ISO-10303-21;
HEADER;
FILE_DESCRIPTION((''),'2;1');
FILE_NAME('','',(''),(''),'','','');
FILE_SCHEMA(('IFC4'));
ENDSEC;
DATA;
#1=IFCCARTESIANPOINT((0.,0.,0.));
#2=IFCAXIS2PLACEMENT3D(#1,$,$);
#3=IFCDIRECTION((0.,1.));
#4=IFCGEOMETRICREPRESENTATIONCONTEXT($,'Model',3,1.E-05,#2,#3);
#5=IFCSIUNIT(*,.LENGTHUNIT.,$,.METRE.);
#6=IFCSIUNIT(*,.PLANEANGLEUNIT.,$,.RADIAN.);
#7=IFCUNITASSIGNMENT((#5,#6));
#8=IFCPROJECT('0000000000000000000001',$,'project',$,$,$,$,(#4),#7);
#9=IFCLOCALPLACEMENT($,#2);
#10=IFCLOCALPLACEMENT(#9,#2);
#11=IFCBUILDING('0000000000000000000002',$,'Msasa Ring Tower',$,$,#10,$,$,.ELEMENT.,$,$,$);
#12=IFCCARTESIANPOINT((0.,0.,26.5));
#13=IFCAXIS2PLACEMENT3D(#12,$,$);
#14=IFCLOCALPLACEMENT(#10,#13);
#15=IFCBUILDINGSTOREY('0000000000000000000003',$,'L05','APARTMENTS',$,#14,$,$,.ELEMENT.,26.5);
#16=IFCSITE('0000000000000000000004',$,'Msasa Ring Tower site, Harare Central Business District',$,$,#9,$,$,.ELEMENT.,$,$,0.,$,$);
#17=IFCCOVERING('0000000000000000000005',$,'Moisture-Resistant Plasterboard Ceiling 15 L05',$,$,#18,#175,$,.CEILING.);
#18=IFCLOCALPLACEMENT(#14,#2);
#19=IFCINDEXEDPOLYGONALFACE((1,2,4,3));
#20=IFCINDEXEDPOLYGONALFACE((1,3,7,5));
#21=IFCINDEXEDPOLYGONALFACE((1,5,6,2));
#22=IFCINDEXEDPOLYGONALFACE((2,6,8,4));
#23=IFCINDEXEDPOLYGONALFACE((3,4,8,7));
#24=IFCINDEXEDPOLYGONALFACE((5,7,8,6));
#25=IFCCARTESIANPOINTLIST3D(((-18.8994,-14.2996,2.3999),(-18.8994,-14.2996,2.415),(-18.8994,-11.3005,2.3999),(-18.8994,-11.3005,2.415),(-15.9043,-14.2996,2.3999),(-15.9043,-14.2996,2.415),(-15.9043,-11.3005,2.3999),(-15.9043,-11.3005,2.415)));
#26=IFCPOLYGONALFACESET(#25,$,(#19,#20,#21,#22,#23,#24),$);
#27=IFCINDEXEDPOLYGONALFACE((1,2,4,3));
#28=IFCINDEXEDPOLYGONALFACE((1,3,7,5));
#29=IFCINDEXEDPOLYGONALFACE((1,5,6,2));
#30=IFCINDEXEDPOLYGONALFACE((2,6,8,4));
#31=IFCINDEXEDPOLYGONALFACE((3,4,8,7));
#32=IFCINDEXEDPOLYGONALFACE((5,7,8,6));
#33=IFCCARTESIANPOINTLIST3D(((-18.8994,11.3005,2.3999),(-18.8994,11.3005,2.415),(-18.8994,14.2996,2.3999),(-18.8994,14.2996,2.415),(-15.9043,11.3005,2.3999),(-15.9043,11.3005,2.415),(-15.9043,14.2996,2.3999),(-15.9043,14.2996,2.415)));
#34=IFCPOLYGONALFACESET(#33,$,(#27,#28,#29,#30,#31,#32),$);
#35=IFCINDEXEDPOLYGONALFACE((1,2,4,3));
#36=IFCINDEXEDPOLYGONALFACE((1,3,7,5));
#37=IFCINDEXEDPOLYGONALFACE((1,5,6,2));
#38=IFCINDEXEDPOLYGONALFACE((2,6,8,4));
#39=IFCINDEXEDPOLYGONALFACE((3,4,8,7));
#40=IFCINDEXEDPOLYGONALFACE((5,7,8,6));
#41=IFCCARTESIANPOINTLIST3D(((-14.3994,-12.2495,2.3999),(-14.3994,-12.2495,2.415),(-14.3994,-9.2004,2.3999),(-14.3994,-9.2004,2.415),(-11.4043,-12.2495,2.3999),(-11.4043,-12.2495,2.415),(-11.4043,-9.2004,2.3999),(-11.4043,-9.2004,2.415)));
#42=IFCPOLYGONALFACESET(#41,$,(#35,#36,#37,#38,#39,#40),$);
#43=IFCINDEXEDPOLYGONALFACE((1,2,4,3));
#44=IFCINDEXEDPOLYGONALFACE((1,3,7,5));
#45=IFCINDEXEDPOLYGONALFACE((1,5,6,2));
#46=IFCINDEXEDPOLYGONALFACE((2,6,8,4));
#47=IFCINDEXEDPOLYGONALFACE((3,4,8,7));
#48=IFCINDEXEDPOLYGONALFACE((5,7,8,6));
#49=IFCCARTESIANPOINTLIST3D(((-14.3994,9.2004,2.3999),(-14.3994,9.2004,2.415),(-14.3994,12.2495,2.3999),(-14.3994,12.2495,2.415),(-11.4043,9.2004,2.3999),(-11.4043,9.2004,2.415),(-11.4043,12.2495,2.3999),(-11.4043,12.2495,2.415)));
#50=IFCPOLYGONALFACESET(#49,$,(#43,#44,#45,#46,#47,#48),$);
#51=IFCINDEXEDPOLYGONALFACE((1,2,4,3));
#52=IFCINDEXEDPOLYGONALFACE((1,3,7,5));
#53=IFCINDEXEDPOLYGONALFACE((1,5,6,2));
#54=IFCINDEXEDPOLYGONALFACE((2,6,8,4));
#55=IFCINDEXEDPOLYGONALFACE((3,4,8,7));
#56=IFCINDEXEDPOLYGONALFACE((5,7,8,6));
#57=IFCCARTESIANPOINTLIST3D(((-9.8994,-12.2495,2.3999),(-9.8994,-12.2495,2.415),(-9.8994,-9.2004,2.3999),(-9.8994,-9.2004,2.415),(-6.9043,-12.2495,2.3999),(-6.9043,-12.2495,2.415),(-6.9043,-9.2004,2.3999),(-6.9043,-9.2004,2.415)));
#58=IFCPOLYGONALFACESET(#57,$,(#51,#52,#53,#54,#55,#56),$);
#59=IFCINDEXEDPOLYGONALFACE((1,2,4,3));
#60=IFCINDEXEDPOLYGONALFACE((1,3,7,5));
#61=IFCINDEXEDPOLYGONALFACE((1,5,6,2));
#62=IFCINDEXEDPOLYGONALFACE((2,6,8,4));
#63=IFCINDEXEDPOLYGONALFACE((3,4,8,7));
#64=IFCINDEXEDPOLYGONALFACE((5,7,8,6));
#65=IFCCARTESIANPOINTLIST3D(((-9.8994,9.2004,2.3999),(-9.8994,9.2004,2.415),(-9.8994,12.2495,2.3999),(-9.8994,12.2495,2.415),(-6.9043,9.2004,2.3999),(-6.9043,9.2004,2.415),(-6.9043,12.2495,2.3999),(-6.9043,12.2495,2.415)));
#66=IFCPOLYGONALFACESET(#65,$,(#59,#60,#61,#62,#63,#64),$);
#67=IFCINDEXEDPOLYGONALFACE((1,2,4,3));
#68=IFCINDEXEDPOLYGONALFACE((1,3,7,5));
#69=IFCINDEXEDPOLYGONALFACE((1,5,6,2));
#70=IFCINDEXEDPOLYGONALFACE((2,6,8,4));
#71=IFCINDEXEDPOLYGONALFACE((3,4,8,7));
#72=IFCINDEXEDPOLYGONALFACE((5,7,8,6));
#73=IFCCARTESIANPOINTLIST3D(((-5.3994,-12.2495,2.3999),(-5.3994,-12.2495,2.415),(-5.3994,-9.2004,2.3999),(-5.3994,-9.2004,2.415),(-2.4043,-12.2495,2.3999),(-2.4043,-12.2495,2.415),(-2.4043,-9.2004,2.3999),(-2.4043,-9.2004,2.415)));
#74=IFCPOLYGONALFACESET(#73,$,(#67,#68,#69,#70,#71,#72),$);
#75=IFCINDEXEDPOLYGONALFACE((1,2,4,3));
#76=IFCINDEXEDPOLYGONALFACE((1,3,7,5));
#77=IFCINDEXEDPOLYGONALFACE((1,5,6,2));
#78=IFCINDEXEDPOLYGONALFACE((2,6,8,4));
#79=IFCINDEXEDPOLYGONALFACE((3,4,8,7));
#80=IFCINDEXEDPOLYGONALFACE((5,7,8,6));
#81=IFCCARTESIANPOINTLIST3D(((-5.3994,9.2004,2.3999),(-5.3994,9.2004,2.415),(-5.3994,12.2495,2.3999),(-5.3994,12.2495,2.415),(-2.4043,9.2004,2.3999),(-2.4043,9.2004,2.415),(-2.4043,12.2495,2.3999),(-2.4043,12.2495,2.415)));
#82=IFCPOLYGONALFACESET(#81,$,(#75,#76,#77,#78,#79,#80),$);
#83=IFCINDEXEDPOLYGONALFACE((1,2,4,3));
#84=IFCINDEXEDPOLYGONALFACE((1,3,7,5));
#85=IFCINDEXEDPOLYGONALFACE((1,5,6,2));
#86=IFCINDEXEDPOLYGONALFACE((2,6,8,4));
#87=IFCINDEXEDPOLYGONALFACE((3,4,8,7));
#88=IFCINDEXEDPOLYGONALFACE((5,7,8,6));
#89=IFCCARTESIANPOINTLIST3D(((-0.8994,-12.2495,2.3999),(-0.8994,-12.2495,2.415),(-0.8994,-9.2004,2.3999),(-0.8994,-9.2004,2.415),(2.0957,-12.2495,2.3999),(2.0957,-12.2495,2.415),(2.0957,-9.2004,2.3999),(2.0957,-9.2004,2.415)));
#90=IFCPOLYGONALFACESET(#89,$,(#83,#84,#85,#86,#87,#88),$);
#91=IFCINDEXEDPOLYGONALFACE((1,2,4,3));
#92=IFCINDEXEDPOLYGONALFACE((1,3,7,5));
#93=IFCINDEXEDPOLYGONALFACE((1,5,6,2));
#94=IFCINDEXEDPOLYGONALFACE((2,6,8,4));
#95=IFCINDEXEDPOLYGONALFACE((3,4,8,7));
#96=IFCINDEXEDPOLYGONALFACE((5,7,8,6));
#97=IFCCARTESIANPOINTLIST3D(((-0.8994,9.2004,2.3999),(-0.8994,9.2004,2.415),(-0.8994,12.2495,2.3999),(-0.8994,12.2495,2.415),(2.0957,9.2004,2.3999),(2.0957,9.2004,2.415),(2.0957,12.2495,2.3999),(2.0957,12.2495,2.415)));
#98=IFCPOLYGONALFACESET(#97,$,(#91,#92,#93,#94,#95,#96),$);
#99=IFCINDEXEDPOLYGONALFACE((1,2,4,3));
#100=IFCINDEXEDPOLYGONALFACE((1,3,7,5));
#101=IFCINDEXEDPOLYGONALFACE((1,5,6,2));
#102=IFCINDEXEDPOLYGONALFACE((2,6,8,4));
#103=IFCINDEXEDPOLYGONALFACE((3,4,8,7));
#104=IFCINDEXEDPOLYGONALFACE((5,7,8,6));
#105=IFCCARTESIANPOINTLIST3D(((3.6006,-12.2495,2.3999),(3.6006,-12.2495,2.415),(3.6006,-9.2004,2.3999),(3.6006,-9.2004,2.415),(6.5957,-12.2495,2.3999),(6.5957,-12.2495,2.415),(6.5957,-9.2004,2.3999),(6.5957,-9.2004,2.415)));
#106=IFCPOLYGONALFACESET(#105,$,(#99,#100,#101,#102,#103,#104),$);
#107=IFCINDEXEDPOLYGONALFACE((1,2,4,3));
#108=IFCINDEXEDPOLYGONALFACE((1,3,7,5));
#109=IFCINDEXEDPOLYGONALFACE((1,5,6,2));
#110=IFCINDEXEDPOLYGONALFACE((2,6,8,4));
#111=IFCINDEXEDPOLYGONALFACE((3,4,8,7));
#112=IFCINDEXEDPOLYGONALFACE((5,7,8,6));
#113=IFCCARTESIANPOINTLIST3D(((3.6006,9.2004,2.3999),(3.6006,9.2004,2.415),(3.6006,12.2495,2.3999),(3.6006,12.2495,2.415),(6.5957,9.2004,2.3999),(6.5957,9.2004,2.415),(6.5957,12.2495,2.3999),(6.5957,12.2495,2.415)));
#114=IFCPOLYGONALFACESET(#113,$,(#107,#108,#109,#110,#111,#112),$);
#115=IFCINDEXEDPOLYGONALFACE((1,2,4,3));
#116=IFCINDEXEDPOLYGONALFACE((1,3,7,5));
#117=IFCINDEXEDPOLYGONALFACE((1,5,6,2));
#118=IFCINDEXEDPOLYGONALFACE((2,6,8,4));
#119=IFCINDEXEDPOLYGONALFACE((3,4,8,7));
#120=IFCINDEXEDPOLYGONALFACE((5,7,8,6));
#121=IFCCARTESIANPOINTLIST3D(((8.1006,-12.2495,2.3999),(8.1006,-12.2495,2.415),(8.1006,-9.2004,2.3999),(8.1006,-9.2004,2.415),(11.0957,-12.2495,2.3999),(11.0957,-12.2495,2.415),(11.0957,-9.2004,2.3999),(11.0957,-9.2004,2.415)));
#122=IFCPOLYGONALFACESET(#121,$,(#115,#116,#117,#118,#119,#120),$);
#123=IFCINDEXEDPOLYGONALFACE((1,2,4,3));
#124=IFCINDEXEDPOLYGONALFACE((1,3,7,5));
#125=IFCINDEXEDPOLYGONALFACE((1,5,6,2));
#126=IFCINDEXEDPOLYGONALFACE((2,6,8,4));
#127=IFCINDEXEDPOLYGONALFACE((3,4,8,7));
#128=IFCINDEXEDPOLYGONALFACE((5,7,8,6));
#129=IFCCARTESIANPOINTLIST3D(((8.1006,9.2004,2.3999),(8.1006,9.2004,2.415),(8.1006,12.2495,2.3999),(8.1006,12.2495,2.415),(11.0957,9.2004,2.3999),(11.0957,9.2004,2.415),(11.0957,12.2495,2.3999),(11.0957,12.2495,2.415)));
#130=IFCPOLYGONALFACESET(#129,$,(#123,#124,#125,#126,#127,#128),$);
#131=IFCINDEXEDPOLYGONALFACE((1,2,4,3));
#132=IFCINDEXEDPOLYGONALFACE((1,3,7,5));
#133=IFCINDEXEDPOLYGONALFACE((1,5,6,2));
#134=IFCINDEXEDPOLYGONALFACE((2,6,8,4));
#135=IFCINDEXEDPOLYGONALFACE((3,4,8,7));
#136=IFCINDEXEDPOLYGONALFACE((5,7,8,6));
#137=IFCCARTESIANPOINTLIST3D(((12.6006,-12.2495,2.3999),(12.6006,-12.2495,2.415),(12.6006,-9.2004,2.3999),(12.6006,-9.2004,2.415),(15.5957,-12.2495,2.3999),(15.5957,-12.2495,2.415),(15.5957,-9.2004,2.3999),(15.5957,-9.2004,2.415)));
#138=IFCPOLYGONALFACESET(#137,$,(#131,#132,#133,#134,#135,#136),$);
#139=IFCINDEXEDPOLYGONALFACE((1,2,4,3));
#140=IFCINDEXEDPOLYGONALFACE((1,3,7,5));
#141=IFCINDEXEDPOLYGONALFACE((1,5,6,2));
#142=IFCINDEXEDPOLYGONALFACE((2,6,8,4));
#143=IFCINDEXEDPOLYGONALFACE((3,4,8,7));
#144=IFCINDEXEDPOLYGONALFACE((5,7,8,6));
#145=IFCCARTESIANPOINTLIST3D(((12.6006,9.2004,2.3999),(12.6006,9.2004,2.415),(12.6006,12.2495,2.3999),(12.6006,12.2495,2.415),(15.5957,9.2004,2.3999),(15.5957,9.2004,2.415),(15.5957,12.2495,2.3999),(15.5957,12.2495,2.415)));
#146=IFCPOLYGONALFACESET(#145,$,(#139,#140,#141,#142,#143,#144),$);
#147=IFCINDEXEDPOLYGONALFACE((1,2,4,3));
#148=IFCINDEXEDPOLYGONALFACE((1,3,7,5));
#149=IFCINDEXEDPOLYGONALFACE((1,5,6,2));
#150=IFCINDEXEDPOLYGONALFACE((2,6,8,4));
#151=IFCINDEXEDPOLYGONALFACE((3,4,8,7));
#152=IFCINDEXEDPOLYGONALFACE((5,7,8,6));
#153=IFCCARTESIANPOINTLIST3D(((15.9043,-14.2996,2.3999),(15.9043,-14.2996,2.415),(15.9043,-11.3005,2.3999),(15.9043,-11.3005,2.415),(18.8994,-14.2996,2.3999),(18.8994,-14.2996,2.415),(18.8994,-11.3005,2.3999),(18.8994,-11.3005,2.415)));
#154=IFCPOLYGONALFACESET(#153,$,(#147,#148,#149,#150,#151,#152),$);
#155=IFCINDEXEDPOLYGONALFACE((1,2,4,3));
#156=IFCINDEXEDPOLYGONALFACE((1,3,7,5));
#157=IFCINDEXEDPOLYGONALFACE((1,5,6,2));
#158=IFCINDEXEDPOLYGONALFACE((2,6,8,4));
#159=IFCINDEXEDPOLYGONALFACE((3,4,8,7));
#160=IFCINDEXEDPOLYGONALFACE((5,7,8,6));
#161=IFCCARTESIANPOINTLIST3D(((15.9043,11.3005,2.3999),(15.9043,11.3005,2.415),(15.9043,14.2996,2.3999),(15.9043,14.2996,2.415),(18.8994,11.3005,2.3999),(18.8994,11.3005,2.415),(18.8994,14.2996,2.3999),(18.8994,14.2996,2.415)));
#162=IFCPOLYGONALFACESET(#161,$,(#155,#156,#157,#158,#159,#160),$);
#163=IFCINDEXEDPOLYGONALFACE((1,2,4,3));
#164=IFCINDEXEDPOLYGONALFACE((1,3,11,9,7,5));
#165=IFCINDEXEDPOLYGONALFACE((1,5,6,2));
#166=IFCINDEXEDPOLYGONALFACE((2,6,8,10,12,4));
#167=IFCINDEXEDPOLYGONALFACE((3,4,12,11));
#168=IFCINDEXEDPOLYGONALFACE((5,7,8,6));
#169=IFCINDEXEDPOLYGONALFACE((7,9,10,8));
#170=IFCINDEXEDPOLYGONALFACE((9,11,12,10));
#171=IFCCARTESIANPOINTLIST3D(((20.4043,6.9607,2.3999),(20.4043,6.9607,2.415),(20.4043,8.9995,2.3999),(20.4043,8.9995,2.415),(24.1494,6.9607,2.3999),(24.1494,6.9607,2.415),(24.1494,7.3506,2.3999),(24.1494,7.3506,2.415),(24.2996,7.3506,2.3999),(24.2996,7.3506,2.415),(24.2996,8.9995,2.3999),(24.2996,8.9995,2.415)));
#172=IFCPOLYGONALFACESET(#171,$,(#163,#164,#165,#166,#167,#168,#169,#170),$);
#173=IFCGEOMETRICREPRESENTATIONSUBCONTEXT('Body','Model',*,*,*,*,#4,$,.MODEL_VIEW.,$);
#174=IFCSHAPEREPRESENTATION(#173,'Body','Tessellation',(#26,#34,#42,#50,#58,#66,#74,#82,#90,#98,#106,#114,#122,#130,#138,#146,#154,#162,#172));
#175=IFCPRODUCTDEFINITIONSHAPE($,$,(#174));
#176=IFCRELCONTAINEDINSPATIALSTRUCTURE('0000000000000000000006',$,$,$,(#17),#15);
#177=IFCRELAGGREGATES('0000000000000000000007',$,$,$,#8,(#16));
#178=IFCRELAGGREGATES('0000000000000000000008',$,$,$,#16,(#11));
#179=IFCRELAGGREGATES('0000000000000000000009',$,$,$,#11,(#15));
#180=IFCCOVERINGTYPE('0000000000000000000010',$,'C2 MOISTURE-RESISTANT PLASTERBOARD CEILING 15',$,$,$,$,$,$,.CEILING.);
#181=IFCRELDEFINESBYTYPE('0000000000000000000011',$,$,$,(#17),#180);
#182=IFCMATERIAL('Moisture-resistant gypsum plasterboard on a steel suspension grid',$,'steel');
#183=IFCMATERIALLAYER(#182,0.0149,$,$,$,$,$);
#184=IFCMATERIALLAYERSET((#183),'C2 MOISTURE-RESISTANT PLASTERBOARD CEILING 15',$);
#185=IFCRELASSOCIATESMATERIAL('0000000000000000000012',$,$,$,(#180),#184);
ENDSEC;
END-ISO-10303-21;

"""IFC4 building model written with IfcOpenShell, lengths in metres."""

from ifc_helpers import new_model, si_unit, direction, frame, origin, place, context, subcontext, project, spatial, line, indexed_curve, outline, extrude, material, layer, layer_set, type_object, element, save


model = new_model("IFC4")

# Units and contexts
model_context = context("Model", 3, precision=1e-05, world=origin(), true_north=direction((0.0, 1.0)))
body_context = subcontext(model_context, "Body", "Model", "MODEL_VIEW")
ifc_project = project(units=[si_unit("LENGTHUNIT", "METRE"), si_unit("PLANEANGLEUNIT", "RADIAN")], contexts=[model_context])

# Site, building, storey
site_placement = place(None, origin())
site = spatial("IfcSite", under=ifc_project, at=site_placement, Name="Msasa Ring Tower site, Harare Central Business District", CompositionType="ELEMENT", RefElevation=0.0)
building_placement = place(site_placement, origin())
building = spatial("IfcBuilding", under=site, at=building_placement, Name="Msasa Ring Tower", CompositionType="ELEMENT")
storey_placement = place(building_placement, frame((0.0, 0.0, 26.5)))
storey = spatial("IfcBuildingStorey", under=building, at=storey_placement, Name="L05", Description="APARTMENTS", CompositionType="ELEMENT", Elevation=26.5)

# Covering
ifc_material_1 = material(Name="Moisture-resistant gypsum plasterboard on a steel suspension grid", Category="steel")
ifc_layer_1 = layer(ifc_material_1, 0.0149)
ifc_layer_set_1 = layer_set([ifc_layer_1], Name="C2 MOISTURE-RESISTANT PLASTERBOARD CEILING 15")
covering_type_1 = type_object("IfcCoveringType", Name="C2 MOISTURE-RESISTANT PLASTERBOARD CEILING 15", PredefinedType="CEILING", material=ifc_layer_set_1)
covering_1_placement = place(storey_placement, frame((0.0, 0.0, 2.3999)))
element("IfcCovering", 1, at=covering_1_placement, inside=storey, type_object=covering_type_1, Name="Moisture-Resistant Plasterboard Ceiling 15 L05", PredefinedType="CEILING", context=body_context, shape_type="SweptSolid", body=[
    extrude(outline(indexed_curve([(-18.8994, -11.3005), (-15.9043, -11.3005), (-15.9043, -14.2996), (-18.8994, -14.2996)], segments=[line(1, 2, 3, 4, 1)], self_intersect=False)), origin(), (0.0, 0.0, 1.0), 0.0151),
    extrude(outline(indexed_curve([(-18.8994, 14.2996), (-15.9043, 14.2996), (-15.9043, 11.3005), (-18.8994, 11.3005)], segments=[line(1, 2, 3, 4, 1)], self_intersect=False)), origin(), (0.0, 0.0, 1.0), 0.0151),
    extrude(outline(indexed_curve([(-14.3994, -9.2004), (-11.4043, -9.2004), (-11.4043, -12.2495), (-14.3994, -12.2495)], segments=[line(1, 2, 3, 4, 1)], self_intersect=False)), origin(), (0.0, 0.0, 1.0), 0.0151),
    extrude(outline(indexed_curve([(-14.3994, 12.2495), (-11.4043, 12.2495), (-11.4043, 9.2004), (-14.3994, 9.2004)], segments=[line(1, 2, 3, 4, 1)], self_intersect=False)), origin(), (0.0, 0.0, 1.0), 0.0151),
    extrude(outline(indexed_curve([(-9.8994, -9.2004), (-6.9043, -9.2004), (-6.9043, -12.2495), (-9.8994, -12.2495)], segments=[line(1, 2, 3, 4, 1)], self_intersect=False)), origin(), (0.0, 0.0, 1.0), 0.0151),
    extrude(outline(indexed_curve([(-9.8994, 12.2495), (-6.9043, 12.2495), (-6.9043, 9.2004), (-9.8994, 9.2004)], segments=[line(1, 2, 3, 4, 1)], self_intersect=False)), origin(), (0.0, 0.0, 1.0), 0.0151),
    extrude(outline(indexed_curve([(-5.3994, -9.2004), (-2.4043, -9.2004), (-2.4043, -12.2495), (-5.3994, -12.2495)], segments=[line(1, 2, 3, 4, 1)], self_intersect=False)), origin(), (0.0, 0.0, 1.0), 0.0151),
    extrude(outline(indexed_curve([(-2.4043, 12.2495), (-2.4043, 9.2004), (-5.3994, 9.2004), (-5.3994, 12.2495)], segments=[line(1, 2, 3, 4, 1)], self_intersect=False)), origin(), (0.0, 0.0, 1.0), 0.0151),
    extrude(outline(indexed_curve([(-0.8994, -9.2004), (2.0957, -9.2004), (2.0957, -12.2495), (-0.8994, -12.2495)], segments=[line(1, 2, 3, 4, 1)], self_intersect=False)), origin(), (0.0, 0.0, 1.0), 0.0151),
    extrude(outline(indexed_curve([(2.0957, 12.2495), (2.0957, 9.2004), (-0.8994, 9.2004), (-0.8994, 12.2495)], segments=[line(1, 2, 3, 4, 1)], self_intersect=False)), origin(), (0.0, 0.0, 1.0), 0.0151),
    extrude(outline(indexed_curve([(3.6006, -9.2004), (6.5957, -9.2004), (6.5957, -12.2495), (3.6006, -12.2495)], segments=[line(1, 2, 3, 4, 1)], self_intersect=False)), origin(), (0.0, 0.0, 1.0), 0.0151),
    extrude(outline(indexed_curve([(3.6006, 12.2495), (6.5957, 12.2495), (6.5957, 9.2004), (3.6006, 9.2004)], segments=[line(1, 2, 3, 4, 1)], self_intersect=False)), origin(), (0.0, 0.0, 1.0), 0.0151),
    extrude(outline(indexed_curve([(11.0957, -9.2004), (11.0957, -12.2495), (8.1006, -12.2495), (8.1006, -9.2004)], segments=[line(1, 2, 3, 4, 1)], self_intersect=False)), origin(), (0.0, 0.0, 1.0), 0.0151),
    extrude(outline(indexed_curve([(8.1006, 12.2495), (11.0957, 12.2495), (11.0957, 9.2004), (8.1006, 9.2004)], segments=[line(1, 2, 3, 4, 1)], self_intersect=False)), origin(), (0.0, 0.0, 1.0), 0.0151),
    extrude(outline(indexed_curve([(15.5957, -9.2004), (15.5957, -12.2495), (12.6006, -12.2495), (12.6006, -9.2004)], segments=[line(1, 2, 3, 4, 1)], self_intersect=False)), origin(), (0.0, 0.0, 1.0), 0.0151),
    extrude(outline(indexed_curve([(15.5957, 12.2495), (15.5957, 9.2004), (12.6006, 9.2004), (12.6006, 12.2495)], segments=[line(1, 2, 3, 4, 1)], self_intersect=False)), origin(), (0.0, 0.0, 1.0), 0.0151),
    extrude(outline(indexed_curve([(18.8994, -11.3005), (18.8994, -14.2996), (15.9043, -14.2996), (15.9043, -11.3005)], segments=[line(1, 2, 3, 4, 1)], self_intersect=False)), origin(), (0.0, 0.0, 1.0), 0.0151),
    extrude(outline(indexed_curve([(18.8994, 14.2996), (18.8994, 11.3005), (15.9043, 11.3005), (15.9043, 14.2996)], segments=[line(1, 2, 3, 4, 1)], self_intersect=False)), origin(), (0.0, 0.0, 1.0), 0.0151),
    extrude(outline(indexed_curve([(24.2996, 8.9995), (24.2996, 7.3506), (24.1494, 7.3506), (24.1494, 6.9607), (20.4043, 6.9607), (20.4043, 8.9995)], segments=[line(1, 2, 3, 4, 5, 6, 1)], self_intersect=False)), origin(), (0.0, 0.0, 1.0), 0.0151),
])

save(model, "model.ifc")
